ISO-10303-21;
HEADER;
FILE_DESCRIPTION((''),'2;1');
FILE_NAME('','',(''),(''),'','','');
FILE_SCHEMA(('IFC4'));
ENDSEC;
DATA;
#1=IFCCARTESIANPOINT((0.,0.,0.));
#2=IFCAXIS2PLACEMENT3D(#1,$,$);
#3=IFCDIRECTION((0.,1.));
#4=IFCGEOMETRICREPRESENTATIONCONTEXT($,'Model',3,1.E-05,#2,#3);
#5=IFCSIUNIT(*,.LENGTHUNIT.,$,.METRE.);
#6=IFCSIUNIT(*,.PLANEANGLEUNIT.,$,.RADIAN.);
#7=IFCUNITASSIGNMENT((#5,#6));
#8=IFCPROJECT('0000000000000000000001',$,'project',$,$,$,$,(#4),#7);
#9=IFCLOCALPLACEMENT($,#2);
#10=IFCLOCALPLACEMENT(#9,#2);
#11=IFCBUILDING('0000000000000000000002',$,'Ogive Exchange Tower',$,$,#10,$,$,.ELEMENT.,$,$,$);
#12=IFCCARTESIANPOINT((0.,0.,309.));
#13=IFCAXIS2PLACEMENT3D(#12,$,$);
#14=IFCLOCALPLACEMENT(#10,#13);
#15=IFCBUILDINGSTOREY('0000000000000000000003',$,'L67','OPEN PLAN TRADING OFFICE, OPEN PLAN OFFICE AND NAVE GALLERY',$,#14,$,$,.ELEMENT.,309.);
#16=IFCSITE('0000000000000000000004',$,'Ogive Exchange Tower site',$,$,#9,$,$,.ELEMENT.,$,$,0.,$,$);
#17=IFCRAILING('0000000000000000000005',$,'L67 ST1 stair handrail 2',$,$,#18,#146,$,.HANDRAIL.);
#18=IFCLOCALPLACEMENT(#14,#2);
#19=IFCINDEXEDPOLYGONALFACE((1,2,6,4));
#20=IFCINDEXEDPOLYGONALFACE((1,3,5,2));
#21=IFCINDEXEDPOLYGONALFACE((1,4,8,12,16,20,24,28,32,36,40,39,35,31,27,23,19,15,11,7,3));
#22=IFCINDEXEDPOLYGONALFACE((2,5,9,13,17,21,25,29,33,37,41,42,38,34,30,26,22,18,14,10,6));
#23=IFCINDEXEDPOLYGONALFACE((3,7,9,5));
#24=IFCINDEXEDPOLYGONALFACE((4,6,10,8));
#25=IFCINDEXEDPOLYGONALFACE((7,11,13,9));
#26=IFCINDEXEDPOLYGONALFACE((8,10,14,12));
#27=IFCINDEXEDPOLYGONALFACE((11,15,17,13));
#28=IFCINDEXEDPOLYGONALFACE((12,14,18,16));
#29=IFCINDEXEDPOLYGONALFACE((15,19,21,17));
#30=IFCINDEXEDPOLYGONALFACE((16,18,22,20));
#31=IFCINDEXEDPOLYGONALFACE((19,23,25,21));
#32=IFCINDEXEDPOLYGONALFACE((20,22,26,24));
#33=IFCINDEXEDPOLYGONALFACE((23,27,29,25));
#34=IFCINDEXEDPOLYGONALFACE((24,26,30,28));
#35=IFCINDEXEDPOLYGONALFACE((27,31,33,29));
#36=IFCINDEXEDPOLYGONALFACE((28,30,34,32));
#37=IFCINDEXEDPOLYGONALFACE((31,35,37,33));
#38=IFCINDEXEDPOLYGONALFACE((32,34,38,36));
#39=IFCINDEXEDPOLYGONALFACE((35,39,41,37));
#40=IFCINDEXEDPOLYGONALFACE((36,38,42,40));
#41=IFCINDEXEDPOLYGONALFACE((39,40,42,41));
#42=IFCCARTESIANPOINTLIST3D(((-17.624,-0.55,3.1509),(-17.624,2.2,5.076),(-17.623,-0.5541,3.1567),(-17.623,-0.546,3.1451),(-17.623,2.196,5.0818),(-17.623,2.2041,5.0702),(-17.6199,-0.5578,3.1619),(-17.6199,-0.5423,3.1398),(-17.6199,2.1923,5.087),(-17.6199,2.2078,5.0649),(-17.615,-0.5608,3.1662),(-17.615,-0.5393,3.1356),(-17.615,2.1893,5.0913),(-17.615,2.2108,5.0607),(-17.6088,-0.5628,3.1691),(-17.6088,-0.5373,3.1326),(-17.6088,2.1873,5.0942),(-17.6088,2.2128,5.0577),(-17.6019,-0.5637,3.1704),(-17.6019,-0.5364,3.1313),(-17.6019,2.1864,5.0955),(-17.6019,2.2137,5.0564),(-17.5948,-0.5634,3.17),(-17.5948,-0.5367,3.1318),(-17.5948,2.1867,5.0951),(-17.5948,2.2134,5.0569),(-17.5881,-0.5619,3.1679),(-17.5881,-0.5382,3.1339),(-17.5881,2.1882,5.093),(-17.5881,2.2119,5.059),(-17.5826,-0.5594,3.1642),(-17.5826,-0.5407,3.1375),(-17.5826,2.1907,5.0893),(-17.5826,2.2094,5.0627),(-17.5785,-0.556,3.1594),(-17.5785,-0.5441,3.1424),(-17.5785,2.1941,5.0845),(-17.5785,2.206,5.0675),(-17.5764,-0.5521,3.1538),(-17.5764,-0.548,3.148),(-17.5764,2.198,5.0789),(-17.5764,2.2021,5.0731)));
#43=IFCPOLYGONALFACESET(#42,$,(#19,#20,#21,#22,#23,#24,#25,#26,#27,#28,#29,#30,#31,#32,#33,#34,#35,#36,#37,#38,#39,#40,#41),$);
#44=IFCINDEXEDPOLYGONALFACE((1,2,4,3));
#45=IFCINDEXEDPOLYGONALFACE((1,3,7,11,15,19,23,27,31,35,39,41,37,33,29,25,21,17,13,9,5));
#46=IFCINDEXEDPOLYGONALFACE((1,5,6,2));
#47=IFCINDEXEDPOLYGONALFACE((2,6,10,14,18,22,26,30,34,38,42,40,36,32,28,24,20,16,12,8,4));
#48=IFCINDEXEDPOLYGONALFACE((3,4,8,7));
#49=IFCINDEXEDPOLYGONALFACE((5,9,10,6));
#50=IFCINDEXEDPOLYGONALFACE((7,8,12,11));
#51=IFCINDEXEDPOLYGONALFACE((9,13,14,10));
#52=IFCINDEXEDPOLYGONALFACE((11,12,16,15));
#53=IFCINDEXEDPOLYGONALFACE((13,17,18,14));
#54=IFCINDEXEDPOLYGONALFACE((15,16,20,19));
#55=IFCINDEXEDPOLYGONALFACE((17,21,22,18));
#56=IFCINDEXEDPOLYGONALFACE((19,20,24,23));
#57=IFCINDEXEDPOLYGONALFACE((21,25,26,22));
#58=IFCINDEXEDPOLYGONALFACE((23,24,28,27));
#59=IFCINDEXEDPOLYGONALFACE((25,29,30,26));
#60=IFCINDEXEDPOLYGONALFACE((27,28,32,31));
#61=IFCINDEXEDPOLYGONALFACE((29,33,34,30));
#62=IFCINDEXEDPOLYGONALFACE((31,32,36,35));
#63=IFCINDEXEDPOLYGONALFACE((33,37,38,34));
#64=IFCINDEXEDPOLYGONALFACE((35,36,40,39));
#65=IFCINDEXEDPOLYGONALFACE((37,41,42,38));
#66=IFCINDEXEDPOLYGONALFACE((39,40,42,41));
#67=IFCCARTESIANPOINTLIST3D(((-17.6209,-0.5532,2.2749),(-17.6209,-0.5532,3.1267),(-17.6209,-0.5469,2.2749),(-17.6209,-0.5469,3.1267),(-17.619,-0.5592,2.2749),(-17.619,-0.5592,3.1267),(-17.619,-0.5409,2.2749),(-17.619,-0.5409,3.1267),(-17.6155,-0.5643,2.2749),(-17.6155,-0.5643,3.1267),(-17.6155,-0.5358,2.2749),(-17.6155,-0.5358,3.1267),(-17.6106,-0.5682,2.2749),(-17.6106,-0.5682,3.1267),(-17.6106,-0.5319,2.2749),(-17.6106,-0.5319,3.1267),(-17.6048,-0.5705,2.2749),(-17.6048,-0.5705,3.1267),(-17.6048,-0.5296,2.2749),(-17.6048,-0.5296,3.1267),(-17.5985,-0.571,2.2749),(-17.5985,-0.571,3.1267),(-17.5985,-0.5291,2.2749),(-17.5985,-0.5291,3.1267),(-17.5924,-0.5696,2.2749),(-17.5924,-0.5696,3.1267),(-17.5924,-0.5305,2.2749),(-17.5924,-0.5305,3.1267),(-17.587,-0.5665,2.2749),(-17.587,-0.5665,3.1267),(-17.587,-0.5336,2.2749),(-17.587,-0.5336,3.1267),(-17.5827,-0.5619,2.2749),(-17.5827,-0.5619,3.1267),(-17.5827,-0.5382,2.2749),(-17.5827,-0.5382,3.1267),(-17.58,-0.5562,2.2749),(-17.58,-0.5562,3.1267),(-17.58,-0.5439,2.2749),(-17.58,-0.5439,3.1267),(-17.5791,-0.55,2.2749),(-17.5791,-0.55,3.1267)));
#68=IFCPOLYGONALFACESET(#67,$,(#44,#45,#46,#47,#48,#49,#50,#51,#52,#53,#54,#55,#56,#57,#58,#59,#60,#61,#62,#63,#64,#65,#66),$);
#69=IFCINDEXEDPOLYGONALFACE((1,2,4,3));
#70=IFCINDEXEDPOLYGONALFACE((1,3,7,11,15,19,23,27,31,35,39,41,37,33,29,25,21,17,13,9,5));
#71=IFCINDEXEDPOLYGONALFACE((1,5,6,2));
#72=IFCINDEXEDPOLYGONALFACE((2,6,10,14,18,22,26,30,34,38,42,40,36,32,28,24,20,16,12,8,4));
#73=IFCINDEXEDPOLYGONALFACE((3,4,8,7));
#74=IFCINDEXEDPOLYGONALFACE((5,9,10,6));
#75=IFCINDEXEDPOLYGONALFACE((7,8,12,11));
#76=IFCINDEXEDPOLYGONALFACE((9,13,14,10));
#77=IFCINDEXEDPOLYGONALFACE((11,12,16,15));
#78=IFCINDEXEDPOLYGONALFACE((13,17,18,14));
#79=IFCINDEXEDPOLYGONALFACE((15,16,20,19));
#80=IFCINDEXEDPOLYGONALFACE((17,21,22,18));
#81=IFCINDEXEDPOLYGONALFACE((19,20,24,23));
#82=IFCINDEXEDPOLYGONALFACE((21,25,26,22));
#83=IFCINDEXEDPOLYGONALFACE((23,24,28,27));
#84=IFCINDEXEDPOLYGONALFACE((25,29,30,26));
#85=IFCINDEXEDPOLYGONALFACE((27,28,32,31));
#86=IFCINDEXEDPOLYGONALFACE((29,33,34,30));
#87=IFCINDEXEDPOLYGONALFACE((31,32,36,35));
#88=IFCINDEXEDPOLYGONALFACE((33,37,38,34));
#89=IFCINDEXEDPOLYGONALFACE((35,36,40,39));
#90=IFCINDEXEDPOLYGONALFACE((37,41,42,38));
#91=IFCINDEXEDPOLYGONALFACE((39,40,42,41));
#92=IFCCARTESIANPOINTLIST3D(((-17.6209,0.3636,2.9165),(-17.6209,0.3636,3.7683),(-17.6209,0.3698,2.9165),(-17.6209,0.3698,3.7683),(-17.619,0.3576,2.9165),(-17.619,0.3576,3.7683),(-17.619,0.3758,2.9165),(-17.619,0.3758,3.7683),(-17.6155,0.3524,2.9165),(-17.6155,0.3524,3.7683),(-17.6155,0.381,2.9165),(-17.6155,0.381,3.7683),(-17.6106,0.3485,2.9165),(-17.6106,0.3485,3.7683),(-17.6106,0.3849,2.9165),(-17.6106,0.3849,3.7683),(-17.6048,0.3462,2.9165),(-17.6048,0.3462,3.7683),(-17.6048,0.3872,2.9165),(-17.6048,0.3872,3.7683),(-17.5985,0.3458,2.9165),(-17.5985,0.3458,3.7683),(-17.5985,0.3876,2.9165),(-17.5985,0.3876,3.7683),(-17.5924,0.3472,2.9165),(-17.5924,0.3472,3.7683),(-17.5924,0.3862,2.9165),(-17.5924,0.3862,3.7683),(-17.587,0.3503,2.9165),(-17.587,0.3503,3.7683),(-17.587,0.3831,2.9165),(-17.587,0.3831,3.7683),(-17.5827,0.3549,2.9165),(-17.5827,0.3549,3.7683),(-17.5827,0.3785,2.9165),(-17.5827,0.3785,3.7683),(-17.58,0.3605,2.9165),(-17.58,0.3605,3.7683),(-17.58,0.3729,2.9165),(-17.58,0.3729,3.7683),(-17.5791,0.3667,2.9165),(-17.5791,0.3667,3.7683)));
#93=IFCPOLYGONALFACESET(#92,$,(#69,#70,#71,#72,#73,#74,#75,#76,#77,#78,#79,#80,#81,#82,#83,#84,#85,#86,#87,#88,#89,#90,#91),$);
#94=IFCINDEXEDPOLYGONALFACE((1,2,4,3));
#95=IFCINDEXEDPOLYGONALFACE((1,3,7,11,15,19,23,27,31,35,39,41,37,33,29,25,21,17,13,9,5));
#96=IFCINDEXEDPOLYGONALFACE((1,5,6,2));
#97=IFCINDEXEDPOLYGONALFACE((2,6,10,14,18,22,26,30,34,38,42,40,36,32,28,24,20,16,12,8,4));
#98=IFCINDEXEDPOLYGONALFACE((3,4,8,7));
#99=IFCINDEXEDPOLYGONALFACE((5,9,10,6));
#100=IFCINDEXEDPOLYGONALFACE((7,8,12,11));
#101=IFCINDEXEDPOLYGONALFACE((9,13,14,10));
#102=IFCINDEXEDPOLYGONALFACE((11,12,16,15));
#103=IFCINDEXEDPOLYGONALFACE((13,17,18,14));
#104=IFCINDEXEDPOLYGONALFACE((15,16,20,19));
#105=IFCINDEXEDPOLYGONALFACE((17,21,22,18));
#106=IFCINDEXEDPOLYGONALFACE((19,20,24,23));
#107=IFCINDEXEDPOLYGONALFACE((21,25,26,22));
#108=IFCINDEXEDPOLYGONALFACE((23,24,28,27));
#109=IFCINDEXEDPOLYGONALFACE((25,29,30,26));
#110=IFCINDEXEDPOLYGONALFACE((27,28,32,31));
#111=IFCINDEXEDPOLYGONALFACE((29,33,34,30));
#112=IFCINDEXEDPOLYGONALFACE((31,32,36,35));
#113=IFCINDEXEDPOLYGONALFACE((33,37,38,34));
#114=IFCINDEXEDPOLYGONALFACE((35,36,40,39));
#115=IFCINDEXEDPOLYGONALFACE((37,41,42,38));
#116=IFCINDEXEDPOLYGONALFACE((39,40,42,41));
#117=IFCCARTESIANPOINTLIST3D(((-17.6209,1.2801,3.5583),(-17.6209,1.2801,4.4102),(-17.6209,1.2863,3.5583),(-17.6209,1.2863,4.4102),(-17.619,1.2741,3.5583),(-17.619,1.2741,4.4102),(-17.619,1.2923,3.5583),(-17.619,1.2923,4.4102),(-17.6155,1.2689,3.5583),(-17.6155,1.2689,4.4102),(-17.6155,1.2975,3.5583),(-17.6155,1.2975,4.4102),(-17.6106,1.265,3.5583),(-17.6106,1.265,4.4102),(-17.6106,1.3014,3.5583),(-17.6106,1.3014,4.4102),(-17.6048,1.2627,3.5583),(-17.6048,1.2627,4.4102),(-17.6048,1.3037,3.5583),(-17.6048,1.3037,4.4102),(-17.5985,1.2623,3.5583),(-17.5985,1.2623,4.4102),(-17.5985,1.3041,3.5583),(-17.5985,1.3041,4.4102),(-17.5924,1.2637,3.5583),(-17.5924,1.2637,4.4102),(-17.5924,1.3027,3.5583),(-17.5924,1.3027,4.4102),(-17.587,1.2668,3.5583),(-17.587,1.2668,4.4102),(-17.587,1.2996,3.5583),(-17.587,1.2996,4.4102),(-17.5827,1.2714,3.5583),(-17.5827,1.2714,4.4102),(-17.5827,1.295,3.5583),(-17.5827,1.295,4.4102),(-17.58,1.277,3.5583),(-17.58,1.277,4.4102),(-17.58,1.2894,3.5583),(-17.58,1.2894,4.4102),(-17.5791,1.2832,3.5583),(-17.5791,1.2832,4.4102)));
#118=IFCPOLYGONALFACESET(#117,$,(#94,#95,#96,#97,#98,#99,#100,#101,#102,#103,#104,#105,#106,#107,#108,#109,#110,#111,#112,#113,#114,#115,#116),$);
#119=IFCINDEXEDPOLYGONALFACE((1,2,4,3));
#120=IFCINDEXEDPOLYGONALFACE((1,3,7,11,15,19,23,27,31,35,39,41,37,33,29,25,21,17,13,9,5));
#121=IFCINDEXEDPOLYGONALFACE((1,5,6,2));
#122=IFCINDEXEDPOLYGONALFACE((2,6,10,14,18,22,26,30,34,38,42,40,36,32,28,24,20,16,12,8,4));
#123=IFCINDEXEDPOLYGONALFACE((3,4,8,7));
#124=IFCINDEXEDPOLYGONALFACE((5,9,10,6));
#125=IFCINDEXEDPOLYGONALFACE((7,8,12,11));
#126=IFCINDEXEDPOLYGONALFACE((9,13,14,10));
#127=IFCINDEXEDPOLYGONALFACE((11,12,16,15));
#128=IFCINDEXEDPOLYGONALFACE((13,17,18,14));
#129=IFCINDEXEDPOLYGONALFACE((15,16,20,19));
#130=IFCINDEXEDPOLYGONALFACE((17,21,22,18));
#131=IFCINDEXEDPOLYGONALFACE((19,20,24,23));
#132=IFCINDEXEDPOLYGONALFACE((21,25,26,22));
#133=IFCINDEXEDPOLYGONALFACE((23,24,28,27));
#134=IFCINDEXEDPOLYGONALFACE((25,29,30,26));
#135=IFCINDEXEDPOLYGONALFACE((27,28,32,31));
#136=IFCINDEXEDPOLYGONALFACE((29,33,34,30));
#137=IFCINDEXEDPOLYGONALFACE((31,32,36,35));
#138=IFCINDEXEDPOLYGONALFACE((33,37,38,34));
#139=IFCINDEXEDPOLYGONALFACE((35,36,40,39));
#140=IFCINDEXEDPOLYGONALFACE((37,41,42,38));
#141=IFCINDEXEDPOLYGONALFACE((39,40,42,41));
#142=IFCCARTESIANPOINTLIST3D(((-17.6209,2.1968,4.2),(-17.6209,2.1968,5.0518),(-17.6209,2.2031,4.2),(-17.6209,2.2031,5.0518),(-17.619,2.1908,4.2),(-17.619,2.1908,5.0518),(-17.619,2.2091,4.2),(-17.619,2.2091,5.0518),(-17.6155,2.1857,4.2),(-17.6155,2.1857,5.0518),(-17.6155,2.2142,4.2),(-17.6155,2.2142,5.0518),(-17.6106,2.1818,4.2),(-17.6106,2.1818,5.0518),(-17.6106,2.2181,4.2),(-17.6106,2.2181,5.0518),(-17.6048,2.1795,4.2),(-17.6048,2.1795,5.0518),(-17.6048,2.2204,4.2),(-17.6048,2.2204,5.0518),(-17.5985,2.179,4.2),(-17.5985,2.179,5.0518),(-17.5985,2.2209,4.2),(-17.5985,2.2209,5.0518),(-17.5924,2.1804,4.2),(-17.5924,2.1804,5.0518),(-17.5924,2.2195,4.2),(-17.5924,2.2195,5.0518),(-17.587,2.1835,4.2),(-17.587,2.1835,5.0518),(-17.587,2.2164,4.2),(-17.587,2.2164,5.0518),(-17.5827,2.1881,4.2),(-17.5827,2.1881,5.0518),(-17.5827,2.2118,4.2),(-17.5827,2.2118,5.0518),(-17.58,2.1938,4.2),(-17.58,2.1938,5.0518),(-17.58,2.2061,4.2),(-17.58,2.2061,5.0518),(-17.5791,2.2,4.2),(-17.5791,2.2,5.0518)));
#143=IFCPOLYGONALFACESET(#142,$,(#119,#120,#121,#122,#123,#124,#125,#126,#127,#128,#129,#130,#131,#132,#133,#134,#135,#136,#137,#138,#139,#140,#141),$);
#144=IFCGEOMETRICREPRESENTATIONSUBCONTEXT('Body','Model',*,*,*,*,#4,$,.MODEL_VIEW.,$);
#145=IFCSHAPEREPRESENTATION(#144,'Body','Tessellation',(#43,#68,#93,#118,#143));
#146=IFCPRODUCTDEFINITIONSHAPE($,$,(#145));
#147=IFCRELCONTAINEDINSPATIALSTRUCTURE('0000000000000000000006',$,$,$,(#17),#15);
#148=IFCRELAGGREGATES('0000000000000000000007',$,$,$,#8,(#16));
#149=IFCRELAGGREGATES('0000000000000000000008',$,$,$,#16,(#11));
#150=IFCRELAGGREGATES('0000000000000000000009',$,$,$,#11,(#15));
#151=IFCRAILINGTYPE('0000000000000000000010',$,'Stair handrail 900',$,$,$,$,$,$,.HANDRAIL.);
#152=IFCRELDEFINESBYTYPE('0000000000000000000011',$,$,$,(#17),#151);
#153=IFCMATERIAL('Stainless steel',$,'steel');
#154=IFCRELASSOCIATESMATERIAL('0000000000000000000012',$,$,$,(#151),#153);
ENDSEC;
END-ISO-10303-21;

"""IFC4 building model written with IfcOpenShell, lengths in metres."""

from ifc_helpers import new_model, si_unit, direction, frame, origin, origin_2d, place, context, subcontext, project, spatial, circle, extrude, material, type_object, element, save


model = new_model("IFC4")

# Units and contexts
model_context = context("Model", 3, precision=1e-05, world=origin(), true_north=direction((0.0, 1.0)))
body_context = subcontext(model_context, "Body", "Model", "MODEL_VIEW")
ifc_project = project(units=[si_unit("LENGTHUNIT", "METRE"), si_unit("PLANEANGLEUNIT", "RADIAN")], contexts=[model_context])

# Site, building, storey
site_placement = place(None, origin())
site = spatial("IfcSite", under=ifc_project, at=site_placement, Name="Ogive Exchange Tower site", CompositionType="ELEMENT", RefElevation=0.0)
building_placement = place(site_placement, origin())
building = spatial("IfcBuilding", under=site, at=building_placement, Name="Ogive Exchange Tower", CompositionType="ELEMENT")
storey_placement = place(building_placement, frame((0.0, 0.0, 309.0)))
storey = spatial("IfcBuildingStorey", under=building, at=storey_placement, Name="L67", Description="OPEN PLAN TRADING OFFICE, OPEN PLAN OFFICE AND NAVE GALLERY", CompositionType="ELEMENT", Elevation=309.0)

# Shared definitions
ifc_material_1 = material(Name="Stainless steel", Category="steel")

# Railing
railing_type = type_object("IfcRailingType", Name="Stair handrail 900", PredefinedType="HANDRAIL", material=ifc_material_1)
railing_placement = place(storey_placement, frame((-17.6001, -0.55, 2.2749)))
element("IfcRailing", 1, at=railing_placement, inside=storey, type_object=railing_type, Name="L67 ST1 stair handrail 2", PredefinedType="HANDRAIL", context=body_context, shape_type="SweptSolid", body=[
    extrude(circle(Radius=0.0239, at=origin_2d()), frame((0.0, 0.0, 0.876), z_axis=(0.0, 0.819225, 0.573472), x_axis=(-1.0, 0.0, 0.0)), (0.0, 0.0, 1.0), 3.3569),
    extrude(circle(Radius=0.021, at=origin_2d()), origin(), (0.0, 0.0, 1.0), 0.8518),
    extrude(circle(Radius=0.021, at=origin_2d()), frame((0.0, 0.9167, 0.6416)), (0.0, 0.0, 1.0), 0.8518),
    extrude(circle(Radius=0.021, at=origin_2d()), frame((0.0, 1.8333, 1.2834)), (0.0, 0.0, 1.0), 0.8518),
    extrude(circle(Radius=0.021, at=origin_2d()), frame((0.0, 2.75, 1.925)), (0.0, 0.0, 1.0), 0.8518),
])

save(model, "model.ifc")
